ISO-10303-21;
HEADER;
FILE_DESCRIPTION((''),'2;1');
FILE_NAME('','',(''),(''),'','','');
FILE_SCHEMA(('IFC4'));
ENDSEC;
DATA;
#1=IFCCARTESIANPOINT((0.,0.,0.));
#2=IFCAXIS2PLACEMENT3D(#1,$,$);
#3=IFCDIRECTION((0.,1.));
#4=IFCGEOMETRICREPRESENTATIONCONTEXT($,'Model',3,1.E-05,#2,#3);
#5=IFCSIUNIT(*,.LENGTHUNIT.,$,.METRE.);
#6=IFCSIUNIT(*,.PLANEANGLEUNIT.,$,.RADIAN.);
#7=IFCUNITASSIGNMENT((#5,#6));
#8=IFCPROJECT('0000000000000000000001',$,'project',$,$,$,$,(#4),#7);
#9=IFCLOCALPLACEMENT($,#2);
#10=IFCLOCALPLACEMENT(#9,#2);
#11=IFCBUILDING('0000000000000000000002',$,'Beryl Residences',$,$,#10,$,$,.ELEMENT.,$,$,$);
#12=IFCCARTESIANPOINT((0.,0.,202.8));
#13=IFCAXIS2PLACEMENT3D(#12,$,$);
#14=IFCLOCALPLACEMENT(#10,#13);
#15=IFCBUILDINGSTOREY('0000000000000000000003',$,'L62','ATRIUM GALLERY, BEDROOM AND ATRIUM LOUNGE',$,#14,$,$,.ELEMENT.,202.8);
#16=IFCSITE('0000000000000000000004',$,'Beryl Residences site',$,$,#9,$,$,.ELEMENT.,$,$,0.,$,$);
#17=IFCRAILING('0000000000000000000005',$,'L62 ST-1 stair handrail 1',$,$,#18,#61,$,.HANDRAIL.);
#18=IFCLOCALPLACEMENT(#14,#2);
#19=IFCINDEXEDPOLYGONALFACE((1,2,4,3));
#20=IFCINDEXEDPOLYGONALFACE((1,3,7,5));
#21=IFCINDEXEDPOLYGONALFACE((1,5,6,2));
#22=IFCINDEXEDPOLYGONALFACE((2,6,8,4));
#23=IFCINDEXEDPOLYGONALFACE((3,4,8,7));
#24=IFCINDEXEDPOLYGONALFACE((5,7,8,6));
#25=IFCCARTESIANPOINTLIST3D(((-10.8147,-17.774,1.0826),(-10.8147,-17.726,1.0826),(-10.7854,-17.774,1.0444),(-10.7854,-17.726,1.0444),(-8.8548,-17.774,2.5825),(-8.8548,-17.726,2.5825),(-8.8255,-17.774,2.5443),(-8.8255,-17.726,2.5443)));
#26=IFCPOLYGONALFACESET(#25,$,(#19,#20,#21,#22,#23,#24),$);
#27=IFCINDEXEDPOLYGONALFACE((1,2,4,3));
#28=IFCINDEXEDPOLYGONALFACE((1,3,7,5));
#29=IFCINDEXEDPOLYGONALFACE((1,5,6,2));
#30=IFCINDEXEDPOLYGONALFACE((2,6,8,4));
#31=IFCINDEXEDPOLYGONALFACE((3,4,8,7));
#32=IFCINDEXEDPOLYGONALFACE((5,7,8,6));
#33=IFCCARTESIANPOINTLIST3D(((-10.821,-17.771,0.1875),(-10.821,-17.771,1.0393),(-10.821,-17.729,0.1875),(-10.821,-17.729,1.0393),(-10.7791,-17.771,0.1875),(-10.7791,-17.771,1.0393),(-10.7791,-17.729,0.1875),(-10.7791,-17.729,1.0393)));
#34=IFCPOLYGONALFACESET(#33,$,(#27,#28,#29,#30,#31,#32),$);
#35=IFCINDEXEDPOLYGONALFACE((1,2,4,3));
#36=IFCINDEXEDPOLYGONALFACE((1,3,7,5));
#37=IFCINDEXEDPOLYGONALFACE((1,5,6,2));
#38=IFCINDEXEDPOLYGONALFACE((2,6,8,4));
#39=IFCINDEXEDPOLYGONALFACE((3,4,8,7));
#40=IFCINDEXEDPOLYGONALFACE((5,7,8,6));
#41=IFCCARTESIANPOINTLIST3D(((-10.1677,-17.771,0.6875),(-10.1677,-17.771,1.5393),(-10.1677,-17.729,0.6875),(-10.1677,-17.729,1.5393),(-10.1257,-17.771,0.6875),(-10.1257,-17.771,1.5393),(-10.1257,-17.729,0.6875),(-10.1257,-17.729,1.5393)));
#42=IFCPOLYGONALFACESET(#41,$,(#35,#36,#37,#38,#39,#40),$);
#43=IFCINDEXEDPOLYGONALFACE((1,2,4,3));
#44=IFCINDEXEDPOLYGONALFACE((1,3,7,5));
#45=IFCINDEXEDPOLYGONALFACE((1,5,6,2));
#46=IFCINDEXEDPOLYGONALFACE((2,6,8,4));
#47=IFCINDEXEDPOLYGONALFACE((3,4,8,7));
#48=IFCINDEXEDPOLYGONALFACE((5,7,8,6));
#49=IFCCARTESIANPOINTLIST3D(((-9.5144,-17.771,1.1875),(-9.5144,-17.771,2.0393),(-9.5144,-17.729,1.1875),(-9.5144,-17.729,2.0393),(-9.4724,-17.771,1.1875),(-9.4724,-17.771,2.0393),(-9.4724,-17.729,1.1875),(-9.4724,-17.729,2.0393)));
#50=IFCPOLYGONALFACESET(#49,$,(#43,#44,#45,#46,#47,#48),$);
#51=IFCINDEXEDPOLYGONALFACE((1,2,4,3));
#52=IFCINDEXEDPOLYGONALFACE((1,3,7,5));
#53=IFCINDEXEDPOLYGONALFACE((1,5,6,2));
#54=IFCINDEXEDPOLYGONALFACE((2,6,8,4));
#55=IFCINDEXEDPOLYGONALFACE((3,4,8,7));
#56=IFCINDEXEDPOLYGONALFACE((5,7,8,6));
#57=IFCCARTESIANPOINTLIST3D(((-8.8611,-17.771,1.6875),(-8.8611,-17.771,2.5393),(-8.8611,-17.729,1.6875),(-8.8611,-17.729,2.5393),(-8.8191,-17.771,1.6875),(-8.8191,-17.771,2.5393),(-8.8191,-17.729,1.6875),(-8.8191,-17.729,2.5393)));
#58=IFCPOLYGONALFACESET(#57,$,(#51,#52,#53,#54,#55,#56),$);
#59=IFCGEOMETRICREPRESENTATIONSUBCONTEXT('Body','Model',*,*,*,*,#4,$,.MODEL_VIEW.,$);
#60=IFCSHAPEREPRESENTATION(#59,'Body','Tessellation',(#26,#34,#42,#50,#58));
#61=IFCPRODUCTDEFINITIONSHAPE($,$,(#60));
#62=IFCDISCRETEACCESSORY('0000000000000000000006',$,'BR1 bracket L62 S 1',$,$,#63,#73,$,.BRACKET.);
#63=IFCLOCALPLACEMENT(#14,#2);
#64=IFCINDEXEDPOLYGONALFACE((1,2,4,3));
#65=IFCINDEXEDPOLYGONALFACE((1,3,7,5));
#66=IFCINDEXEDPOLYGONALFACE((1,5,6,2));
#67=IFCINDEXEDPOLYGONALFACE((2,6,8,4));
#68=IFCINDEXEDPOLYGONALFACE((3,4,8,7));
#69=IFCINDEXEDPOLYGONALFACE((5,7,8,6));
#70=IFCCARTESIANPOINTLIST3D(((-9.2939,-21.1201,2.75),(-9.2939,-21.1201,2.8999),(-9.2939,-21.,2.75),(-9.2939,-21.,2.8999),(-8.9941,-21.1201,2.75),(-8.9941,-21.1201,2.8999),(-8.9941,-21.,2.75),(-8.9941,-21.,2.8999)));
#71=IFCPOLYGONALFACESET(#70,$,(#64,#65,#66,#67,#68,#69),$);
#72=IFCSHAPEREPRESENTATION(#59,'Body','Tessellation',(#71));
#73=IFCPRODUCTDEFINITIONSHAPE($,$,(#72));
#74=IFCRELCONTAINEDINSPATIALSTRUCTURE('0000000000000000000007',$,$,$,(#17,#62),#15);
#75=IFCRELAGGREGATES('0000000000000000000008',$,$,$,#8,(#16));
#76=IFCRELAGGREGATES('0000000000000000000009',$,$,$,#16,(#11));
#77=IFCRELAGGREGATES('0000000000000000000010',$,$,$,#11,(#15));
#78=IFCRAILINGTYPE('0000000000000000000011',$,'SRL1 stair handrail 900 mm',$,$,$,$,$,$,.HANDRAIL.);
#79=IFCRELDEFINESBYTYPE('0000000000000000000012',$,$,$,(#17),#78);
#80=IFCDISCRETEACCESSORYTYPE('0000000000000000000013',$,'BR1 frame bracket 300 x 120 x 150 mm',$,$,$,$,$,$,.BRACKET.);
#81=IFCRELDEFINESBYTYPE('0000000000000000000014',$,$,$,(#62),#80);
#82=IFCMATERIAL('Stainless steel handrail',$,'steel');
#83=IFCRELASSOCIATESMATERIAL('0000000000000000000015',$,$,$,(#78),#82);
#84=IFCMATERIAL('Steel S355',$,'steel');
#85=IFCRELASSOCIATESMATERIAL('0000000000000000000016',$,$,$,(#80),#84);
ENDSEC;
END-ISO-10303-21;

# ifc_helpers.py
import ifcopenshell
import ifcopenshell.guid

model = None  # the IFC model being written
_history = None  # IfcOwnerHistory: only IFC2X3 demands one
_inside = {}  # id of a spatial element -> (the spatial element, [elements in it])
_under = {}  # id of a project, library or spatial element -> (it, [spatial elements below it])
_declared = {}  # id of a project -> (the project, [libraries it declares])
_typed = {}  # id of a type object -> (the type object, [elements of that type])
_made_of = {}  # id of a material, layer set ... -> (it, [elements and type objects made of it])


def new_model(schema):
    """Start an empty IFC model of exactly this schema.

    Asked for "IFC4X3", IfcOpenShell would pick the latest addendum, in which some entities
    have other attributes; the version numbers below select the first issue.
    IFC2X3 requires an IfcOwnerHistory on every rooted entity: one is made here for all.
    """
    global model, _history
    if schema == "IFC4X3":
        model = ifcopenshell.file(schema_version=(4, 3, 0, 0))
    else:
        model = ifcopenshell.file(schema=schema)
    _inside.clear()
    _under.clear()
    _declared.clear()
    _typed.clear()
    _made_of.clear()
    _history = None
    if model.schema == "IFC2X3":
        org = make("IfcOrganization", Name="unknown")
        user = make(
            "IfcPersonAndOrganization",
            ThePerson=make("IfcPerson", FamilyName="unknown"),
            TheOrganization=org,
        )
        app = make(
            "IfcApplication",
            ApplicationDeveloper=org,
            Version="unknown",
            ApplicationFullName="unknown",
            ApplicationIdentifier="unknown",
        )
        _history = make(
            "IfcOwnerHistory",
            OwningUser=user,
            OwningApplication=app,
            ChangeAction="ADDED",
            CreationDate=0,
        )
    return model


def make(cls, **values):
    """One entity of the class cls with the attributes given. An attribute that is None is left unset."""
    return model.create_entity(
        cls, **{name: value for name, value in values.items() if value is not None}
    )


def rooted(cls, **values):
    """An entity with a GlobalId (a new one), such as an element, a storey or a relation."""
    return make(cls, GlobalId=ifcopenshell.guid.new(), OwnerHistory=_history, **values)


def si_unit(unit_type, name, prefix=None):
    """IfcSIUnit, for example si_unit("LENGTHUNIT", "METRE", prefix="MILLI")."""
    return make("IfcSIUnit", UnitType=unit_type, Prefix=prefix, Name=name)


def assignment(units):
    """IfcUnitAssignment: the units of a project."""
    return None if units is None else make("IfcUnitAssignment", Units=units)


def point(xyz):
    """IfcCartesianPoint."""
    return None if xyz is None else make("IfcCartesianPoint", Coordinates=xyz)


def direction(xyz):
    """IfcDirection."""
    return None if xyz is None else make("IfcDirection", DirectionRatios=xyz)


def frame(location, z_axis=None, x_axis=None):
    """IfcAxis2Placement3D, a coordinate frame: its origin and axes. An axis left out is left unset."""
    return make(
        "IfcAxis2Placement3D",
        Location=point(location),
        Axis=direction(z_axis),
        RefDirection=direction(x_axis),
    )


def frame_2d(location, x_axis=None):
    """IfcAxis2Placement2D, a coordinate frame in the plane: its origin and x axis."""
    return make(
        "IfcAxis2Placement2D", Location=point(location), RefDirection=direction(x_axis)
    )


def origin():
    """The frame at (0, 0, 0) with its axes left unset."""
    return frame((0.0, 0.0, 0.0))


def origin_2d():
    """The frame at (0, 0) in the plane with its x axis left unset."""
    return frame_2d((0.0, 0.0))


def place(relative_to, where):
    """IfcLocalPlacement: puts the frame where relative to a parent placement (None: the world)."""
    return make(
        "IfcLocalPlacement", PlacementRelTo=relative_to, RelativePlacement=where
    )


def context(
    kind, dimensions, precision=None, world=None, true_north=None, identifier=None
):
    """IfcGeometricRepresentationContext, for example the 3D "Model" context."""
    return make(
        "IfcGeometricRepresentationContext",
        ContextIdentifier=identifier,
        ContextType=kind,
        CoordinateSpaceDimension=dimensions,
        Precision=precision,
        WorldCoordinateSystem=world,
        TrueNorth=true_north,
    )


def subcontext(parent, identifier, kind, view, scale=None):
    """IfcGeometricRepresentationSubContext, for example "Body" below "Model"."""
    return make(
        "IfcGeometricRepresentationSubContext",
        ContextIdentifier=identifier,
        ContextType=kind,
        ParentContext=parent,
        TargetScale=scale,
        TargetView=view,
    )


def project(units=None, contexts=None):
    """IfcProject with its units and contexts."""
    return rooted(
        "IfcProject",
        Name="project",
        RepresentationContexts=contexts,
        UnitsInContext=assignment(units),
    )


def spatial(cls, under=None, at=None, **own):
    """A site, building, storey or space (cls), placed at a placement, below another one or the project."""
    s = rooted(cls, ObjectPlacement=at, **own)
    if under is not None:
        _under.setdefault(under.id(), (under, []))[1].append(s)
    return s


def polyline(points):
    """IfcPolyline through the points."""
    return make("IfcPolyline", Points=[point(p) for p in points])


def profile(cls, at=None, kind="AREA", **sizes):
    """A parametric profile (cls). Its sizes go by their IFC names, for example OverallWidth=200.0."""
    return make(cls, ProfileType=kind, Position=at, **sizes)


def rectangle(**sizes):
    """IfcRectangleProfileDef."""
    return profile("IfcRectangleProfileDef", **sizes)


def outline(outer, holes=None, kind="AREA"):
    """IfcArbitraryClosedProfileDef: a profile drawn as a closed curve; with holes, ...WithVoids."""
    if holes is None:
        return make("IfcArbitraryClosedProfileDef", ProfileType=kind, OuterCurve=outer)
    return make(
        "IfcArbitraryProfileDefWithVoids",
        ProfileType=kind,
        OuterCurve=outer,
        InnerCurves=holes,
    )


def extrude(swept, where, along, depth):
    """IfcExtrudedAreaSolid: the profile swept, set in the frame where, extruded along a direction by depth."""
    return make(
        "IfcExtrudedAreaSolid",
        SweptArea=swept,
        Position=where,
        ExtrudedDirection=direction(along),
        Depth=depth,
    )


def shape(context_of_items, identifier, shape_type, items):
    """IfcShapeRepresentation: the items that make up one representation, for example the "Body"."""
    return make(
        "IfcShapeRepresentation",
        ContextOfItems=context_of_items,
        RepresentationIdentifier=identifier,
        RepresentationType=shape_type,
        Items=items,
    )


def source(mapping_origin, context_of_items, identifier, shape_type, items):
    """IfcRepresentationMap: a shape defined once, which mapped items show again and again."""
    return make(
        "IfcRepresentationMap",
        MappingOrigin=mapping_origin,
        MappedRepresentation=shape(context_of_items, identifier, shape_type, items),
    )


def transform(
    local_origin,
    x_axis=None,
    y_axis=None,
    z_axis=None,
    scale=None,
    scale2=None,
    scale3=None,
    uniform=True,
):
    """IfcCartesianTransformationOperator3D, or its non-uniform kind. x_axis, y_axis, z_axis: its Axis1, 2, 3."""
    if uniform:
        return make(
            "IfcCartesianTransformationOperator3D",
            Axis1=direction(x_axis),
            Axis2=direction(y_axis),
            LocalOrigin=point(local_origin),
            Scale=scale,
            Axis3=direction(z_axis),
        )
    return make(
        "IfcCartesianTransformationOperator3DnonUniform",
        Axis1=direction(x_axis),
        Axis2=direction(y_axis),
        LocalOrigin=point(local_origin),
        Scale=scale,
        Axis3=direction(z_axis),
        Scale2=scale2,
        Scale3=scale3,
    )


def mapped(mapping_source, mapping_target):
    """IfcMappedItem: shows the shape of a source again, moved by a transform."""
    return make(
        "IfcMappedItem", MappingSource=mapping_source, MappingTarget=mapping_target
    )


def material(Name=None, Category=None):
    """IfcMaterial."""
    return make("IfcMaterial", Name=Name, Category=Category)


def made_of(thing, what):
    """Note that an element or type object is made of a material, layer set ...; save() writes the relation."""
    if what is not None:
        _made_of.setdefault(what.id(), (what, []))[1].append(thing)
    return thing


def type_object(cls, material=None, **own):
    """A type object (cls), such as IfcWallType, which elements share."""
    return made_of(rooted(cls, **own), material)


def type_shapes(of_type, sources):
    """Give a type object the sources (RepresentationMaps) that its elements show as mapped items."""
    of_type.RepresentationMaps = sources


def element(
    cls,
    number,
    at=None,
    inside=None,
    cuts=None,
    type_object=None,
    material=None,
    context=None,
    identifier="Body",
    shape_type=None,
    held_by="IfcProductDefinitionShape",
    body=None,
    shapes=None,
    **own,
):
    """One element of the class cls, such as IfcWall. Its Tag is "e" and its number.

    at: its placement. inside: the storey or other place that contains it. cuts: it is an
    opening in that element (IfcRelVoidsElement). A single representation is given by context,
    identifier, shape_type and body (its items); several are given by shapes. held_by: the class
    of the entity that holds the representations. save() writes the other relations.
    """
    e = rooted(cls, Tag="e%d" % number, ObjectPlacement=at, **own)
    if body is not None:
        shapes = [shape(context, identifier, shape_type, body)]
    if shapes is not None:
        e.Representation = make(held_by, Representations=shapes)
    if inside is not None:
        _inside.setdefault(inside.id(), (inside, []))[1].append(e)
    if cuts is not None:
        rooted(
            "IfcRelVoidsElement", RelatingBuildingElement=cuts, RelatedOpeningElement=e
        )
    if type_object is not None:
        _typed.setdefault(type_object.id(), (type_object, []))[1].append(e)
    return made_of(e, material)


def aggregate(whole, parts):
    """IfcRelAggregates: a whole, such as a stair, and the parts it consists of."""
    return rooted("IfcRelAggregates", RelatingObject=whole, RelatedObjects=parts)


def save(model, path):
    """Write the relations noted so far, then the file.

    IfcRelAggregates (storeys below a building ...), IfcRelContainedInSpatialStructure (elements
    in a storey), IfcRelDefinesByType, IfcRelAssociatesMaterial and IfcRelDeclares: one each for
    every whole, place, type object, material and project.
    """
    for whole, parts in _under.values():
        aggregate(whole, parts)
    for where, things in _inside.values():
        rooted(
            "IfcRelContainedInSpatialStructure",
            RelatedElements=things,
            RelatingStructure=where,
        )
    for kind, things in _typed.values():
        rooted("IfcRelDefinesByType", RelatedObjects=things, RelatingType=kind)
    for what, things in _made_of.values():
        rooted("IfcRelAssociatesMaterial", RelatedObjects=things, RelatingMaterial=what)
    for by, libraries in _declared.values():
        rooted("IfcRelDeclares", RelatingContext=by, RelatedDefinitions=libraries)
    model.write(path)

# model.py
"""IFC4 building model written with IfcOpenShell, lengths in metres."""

from ifc_helpers import new_model, si_unit, direction, frame, origin, origin_2d, place, context, subcontext, project, spatial, polyline, rectangle, outline, extrude, source, transform, mapped, material, type_object, type_shapes, element, save


model = new_model("IFC4")

# Units and contexts
model_context = context("Model", 3, precision=1e-05, world=origin(), true_north=direction((0.0, 1.0)))
body_context = subcontext(model_context, "Body", "Model", "MODEL_VIEW")
ifc_project = project(units=[si_unit("LENGTHUNIT", "METRE"), si_unit("PLANEANGLEUNIT", "RADIAN")], contexts=[model_context])

# Site, building, storey
site_placement = place(None, origin())
site = spatial("IfcSite", under=ifc_project, at=site_placement, Name="Beryl Residences site", CompositionType="ELEMENT", RefElevation=0.0)
building_placement = place(site_placement, origin())
building = spatial("IfcBuilding", under=site, at=building_placement, Name="Beryl Residences", CompositionType="ELEMENT")
storey_placement = place(building_placement, frame((0.0, 0.0, 202.8)))
storey = spatial("IfcBuildingStorey", under=building, at=storey_placement, Name="L62", Description="ATRIUM GALLERY, BEDROOM AND ATRIUM LOUNGE", CompositionType="ELEMENT", Elevation=202.8)

# Railing
ifc_material_1 = material(Name="Stainless steel handrail", Category="steel")
railing_type_1 = type_object("IfcRailingType", Name="SRL1 stair handrail 900 mm", PredefinedType="HANDRAIL", material=ifc_material_1)
railing_1_placement = place(storey_placement, frame((-10.8, -17.75, 0.1875)))
element("IfcRailing", 1, at=railing_1_placement, inside=storey, type_object=railing_type_1, Name="L62 ST-1 stair handrail 1", PredefinedType="HANDRAIL", context=body_context, shape_type="SweptSolid", body=[
    extrude(rectangle(XDim=0.0481, YDim=0.0481, at=origin_2d()), frame((0.0, 0.0, 0.876), z_axis=(0.794122, 0.0, 0.607758), x_axis=(0.0, 1.0, 0.0)), (0.0, 0.0, 1.0), 2.468),
    extrude(rectangle(XDim=0.042, YDim=0.042, at=origin_2d()), origin(), (0.0, 0.0, 1.0), 0.8518),
    extrude(rectangle(XDim=0.042, YDim=0.042, at=origin_2d()), frame((0.6533, 0.0, 0.5)), (0.0, 0.0, 1.0), 0.8518),
    extrude(rectangle(XDim=0.042, YDim=0.042, at=origin_2d()), frame((1.3066, 0.0, 1.0)), (0.0, 0.0, 1.0), 0.8518),
    extrude(rectangle(XDim=0.042, YDim=0.042, at=origin_2d()), frame((1.96, 0.0, 1.5)), (0.0, 0.0, 1.0), 0.8518),
])

# Discrete accessory
ifc_material_2 = material(Name="Steel S355", Category="steel")
discrete_accessory_type = type_object("IfcDiscreteAccessoryType", Name="BR1 frame bracket 300 x 120 x 150 mm", PredefinedType="BRACKET", material=ifc_material_2)
shared_shape_1 = source(origin(), body_context, "Body", "SweptSolid", [
    extrude(outline(polyline([(-0.1499, 0.0), (0.1499, 0.0), (0.1499, 0.1201), (-0.1499, 0.1201), (-0.1499, 0.0)])), origin(), (0.0, 0.0, 1.0), 0.1499),
])
type_shapes(discrete_accessory_type, [shared_shape_1])
discrete_accessory_placement = place(storey_placement, frame((-9.144, -21.0, 2.75), z_axis=(0.0, 0.0, 1.0), x_axis=(-1.0, 0.0, 0.0)))
element("IfcDiscreteAccessory", 2, at=discrete_accessory_placement, inside=storey, type_object=discrete_accessory_type, Name="BR1 bracket L62 S 1", PredefinedType="BRACKET", context=body_context, shape_type="MappedRepresentation", body=[
    mapped(shared_shape_1, transform((0.0, 0.0, 0.0))),
])

save(model, "model.ifc")
